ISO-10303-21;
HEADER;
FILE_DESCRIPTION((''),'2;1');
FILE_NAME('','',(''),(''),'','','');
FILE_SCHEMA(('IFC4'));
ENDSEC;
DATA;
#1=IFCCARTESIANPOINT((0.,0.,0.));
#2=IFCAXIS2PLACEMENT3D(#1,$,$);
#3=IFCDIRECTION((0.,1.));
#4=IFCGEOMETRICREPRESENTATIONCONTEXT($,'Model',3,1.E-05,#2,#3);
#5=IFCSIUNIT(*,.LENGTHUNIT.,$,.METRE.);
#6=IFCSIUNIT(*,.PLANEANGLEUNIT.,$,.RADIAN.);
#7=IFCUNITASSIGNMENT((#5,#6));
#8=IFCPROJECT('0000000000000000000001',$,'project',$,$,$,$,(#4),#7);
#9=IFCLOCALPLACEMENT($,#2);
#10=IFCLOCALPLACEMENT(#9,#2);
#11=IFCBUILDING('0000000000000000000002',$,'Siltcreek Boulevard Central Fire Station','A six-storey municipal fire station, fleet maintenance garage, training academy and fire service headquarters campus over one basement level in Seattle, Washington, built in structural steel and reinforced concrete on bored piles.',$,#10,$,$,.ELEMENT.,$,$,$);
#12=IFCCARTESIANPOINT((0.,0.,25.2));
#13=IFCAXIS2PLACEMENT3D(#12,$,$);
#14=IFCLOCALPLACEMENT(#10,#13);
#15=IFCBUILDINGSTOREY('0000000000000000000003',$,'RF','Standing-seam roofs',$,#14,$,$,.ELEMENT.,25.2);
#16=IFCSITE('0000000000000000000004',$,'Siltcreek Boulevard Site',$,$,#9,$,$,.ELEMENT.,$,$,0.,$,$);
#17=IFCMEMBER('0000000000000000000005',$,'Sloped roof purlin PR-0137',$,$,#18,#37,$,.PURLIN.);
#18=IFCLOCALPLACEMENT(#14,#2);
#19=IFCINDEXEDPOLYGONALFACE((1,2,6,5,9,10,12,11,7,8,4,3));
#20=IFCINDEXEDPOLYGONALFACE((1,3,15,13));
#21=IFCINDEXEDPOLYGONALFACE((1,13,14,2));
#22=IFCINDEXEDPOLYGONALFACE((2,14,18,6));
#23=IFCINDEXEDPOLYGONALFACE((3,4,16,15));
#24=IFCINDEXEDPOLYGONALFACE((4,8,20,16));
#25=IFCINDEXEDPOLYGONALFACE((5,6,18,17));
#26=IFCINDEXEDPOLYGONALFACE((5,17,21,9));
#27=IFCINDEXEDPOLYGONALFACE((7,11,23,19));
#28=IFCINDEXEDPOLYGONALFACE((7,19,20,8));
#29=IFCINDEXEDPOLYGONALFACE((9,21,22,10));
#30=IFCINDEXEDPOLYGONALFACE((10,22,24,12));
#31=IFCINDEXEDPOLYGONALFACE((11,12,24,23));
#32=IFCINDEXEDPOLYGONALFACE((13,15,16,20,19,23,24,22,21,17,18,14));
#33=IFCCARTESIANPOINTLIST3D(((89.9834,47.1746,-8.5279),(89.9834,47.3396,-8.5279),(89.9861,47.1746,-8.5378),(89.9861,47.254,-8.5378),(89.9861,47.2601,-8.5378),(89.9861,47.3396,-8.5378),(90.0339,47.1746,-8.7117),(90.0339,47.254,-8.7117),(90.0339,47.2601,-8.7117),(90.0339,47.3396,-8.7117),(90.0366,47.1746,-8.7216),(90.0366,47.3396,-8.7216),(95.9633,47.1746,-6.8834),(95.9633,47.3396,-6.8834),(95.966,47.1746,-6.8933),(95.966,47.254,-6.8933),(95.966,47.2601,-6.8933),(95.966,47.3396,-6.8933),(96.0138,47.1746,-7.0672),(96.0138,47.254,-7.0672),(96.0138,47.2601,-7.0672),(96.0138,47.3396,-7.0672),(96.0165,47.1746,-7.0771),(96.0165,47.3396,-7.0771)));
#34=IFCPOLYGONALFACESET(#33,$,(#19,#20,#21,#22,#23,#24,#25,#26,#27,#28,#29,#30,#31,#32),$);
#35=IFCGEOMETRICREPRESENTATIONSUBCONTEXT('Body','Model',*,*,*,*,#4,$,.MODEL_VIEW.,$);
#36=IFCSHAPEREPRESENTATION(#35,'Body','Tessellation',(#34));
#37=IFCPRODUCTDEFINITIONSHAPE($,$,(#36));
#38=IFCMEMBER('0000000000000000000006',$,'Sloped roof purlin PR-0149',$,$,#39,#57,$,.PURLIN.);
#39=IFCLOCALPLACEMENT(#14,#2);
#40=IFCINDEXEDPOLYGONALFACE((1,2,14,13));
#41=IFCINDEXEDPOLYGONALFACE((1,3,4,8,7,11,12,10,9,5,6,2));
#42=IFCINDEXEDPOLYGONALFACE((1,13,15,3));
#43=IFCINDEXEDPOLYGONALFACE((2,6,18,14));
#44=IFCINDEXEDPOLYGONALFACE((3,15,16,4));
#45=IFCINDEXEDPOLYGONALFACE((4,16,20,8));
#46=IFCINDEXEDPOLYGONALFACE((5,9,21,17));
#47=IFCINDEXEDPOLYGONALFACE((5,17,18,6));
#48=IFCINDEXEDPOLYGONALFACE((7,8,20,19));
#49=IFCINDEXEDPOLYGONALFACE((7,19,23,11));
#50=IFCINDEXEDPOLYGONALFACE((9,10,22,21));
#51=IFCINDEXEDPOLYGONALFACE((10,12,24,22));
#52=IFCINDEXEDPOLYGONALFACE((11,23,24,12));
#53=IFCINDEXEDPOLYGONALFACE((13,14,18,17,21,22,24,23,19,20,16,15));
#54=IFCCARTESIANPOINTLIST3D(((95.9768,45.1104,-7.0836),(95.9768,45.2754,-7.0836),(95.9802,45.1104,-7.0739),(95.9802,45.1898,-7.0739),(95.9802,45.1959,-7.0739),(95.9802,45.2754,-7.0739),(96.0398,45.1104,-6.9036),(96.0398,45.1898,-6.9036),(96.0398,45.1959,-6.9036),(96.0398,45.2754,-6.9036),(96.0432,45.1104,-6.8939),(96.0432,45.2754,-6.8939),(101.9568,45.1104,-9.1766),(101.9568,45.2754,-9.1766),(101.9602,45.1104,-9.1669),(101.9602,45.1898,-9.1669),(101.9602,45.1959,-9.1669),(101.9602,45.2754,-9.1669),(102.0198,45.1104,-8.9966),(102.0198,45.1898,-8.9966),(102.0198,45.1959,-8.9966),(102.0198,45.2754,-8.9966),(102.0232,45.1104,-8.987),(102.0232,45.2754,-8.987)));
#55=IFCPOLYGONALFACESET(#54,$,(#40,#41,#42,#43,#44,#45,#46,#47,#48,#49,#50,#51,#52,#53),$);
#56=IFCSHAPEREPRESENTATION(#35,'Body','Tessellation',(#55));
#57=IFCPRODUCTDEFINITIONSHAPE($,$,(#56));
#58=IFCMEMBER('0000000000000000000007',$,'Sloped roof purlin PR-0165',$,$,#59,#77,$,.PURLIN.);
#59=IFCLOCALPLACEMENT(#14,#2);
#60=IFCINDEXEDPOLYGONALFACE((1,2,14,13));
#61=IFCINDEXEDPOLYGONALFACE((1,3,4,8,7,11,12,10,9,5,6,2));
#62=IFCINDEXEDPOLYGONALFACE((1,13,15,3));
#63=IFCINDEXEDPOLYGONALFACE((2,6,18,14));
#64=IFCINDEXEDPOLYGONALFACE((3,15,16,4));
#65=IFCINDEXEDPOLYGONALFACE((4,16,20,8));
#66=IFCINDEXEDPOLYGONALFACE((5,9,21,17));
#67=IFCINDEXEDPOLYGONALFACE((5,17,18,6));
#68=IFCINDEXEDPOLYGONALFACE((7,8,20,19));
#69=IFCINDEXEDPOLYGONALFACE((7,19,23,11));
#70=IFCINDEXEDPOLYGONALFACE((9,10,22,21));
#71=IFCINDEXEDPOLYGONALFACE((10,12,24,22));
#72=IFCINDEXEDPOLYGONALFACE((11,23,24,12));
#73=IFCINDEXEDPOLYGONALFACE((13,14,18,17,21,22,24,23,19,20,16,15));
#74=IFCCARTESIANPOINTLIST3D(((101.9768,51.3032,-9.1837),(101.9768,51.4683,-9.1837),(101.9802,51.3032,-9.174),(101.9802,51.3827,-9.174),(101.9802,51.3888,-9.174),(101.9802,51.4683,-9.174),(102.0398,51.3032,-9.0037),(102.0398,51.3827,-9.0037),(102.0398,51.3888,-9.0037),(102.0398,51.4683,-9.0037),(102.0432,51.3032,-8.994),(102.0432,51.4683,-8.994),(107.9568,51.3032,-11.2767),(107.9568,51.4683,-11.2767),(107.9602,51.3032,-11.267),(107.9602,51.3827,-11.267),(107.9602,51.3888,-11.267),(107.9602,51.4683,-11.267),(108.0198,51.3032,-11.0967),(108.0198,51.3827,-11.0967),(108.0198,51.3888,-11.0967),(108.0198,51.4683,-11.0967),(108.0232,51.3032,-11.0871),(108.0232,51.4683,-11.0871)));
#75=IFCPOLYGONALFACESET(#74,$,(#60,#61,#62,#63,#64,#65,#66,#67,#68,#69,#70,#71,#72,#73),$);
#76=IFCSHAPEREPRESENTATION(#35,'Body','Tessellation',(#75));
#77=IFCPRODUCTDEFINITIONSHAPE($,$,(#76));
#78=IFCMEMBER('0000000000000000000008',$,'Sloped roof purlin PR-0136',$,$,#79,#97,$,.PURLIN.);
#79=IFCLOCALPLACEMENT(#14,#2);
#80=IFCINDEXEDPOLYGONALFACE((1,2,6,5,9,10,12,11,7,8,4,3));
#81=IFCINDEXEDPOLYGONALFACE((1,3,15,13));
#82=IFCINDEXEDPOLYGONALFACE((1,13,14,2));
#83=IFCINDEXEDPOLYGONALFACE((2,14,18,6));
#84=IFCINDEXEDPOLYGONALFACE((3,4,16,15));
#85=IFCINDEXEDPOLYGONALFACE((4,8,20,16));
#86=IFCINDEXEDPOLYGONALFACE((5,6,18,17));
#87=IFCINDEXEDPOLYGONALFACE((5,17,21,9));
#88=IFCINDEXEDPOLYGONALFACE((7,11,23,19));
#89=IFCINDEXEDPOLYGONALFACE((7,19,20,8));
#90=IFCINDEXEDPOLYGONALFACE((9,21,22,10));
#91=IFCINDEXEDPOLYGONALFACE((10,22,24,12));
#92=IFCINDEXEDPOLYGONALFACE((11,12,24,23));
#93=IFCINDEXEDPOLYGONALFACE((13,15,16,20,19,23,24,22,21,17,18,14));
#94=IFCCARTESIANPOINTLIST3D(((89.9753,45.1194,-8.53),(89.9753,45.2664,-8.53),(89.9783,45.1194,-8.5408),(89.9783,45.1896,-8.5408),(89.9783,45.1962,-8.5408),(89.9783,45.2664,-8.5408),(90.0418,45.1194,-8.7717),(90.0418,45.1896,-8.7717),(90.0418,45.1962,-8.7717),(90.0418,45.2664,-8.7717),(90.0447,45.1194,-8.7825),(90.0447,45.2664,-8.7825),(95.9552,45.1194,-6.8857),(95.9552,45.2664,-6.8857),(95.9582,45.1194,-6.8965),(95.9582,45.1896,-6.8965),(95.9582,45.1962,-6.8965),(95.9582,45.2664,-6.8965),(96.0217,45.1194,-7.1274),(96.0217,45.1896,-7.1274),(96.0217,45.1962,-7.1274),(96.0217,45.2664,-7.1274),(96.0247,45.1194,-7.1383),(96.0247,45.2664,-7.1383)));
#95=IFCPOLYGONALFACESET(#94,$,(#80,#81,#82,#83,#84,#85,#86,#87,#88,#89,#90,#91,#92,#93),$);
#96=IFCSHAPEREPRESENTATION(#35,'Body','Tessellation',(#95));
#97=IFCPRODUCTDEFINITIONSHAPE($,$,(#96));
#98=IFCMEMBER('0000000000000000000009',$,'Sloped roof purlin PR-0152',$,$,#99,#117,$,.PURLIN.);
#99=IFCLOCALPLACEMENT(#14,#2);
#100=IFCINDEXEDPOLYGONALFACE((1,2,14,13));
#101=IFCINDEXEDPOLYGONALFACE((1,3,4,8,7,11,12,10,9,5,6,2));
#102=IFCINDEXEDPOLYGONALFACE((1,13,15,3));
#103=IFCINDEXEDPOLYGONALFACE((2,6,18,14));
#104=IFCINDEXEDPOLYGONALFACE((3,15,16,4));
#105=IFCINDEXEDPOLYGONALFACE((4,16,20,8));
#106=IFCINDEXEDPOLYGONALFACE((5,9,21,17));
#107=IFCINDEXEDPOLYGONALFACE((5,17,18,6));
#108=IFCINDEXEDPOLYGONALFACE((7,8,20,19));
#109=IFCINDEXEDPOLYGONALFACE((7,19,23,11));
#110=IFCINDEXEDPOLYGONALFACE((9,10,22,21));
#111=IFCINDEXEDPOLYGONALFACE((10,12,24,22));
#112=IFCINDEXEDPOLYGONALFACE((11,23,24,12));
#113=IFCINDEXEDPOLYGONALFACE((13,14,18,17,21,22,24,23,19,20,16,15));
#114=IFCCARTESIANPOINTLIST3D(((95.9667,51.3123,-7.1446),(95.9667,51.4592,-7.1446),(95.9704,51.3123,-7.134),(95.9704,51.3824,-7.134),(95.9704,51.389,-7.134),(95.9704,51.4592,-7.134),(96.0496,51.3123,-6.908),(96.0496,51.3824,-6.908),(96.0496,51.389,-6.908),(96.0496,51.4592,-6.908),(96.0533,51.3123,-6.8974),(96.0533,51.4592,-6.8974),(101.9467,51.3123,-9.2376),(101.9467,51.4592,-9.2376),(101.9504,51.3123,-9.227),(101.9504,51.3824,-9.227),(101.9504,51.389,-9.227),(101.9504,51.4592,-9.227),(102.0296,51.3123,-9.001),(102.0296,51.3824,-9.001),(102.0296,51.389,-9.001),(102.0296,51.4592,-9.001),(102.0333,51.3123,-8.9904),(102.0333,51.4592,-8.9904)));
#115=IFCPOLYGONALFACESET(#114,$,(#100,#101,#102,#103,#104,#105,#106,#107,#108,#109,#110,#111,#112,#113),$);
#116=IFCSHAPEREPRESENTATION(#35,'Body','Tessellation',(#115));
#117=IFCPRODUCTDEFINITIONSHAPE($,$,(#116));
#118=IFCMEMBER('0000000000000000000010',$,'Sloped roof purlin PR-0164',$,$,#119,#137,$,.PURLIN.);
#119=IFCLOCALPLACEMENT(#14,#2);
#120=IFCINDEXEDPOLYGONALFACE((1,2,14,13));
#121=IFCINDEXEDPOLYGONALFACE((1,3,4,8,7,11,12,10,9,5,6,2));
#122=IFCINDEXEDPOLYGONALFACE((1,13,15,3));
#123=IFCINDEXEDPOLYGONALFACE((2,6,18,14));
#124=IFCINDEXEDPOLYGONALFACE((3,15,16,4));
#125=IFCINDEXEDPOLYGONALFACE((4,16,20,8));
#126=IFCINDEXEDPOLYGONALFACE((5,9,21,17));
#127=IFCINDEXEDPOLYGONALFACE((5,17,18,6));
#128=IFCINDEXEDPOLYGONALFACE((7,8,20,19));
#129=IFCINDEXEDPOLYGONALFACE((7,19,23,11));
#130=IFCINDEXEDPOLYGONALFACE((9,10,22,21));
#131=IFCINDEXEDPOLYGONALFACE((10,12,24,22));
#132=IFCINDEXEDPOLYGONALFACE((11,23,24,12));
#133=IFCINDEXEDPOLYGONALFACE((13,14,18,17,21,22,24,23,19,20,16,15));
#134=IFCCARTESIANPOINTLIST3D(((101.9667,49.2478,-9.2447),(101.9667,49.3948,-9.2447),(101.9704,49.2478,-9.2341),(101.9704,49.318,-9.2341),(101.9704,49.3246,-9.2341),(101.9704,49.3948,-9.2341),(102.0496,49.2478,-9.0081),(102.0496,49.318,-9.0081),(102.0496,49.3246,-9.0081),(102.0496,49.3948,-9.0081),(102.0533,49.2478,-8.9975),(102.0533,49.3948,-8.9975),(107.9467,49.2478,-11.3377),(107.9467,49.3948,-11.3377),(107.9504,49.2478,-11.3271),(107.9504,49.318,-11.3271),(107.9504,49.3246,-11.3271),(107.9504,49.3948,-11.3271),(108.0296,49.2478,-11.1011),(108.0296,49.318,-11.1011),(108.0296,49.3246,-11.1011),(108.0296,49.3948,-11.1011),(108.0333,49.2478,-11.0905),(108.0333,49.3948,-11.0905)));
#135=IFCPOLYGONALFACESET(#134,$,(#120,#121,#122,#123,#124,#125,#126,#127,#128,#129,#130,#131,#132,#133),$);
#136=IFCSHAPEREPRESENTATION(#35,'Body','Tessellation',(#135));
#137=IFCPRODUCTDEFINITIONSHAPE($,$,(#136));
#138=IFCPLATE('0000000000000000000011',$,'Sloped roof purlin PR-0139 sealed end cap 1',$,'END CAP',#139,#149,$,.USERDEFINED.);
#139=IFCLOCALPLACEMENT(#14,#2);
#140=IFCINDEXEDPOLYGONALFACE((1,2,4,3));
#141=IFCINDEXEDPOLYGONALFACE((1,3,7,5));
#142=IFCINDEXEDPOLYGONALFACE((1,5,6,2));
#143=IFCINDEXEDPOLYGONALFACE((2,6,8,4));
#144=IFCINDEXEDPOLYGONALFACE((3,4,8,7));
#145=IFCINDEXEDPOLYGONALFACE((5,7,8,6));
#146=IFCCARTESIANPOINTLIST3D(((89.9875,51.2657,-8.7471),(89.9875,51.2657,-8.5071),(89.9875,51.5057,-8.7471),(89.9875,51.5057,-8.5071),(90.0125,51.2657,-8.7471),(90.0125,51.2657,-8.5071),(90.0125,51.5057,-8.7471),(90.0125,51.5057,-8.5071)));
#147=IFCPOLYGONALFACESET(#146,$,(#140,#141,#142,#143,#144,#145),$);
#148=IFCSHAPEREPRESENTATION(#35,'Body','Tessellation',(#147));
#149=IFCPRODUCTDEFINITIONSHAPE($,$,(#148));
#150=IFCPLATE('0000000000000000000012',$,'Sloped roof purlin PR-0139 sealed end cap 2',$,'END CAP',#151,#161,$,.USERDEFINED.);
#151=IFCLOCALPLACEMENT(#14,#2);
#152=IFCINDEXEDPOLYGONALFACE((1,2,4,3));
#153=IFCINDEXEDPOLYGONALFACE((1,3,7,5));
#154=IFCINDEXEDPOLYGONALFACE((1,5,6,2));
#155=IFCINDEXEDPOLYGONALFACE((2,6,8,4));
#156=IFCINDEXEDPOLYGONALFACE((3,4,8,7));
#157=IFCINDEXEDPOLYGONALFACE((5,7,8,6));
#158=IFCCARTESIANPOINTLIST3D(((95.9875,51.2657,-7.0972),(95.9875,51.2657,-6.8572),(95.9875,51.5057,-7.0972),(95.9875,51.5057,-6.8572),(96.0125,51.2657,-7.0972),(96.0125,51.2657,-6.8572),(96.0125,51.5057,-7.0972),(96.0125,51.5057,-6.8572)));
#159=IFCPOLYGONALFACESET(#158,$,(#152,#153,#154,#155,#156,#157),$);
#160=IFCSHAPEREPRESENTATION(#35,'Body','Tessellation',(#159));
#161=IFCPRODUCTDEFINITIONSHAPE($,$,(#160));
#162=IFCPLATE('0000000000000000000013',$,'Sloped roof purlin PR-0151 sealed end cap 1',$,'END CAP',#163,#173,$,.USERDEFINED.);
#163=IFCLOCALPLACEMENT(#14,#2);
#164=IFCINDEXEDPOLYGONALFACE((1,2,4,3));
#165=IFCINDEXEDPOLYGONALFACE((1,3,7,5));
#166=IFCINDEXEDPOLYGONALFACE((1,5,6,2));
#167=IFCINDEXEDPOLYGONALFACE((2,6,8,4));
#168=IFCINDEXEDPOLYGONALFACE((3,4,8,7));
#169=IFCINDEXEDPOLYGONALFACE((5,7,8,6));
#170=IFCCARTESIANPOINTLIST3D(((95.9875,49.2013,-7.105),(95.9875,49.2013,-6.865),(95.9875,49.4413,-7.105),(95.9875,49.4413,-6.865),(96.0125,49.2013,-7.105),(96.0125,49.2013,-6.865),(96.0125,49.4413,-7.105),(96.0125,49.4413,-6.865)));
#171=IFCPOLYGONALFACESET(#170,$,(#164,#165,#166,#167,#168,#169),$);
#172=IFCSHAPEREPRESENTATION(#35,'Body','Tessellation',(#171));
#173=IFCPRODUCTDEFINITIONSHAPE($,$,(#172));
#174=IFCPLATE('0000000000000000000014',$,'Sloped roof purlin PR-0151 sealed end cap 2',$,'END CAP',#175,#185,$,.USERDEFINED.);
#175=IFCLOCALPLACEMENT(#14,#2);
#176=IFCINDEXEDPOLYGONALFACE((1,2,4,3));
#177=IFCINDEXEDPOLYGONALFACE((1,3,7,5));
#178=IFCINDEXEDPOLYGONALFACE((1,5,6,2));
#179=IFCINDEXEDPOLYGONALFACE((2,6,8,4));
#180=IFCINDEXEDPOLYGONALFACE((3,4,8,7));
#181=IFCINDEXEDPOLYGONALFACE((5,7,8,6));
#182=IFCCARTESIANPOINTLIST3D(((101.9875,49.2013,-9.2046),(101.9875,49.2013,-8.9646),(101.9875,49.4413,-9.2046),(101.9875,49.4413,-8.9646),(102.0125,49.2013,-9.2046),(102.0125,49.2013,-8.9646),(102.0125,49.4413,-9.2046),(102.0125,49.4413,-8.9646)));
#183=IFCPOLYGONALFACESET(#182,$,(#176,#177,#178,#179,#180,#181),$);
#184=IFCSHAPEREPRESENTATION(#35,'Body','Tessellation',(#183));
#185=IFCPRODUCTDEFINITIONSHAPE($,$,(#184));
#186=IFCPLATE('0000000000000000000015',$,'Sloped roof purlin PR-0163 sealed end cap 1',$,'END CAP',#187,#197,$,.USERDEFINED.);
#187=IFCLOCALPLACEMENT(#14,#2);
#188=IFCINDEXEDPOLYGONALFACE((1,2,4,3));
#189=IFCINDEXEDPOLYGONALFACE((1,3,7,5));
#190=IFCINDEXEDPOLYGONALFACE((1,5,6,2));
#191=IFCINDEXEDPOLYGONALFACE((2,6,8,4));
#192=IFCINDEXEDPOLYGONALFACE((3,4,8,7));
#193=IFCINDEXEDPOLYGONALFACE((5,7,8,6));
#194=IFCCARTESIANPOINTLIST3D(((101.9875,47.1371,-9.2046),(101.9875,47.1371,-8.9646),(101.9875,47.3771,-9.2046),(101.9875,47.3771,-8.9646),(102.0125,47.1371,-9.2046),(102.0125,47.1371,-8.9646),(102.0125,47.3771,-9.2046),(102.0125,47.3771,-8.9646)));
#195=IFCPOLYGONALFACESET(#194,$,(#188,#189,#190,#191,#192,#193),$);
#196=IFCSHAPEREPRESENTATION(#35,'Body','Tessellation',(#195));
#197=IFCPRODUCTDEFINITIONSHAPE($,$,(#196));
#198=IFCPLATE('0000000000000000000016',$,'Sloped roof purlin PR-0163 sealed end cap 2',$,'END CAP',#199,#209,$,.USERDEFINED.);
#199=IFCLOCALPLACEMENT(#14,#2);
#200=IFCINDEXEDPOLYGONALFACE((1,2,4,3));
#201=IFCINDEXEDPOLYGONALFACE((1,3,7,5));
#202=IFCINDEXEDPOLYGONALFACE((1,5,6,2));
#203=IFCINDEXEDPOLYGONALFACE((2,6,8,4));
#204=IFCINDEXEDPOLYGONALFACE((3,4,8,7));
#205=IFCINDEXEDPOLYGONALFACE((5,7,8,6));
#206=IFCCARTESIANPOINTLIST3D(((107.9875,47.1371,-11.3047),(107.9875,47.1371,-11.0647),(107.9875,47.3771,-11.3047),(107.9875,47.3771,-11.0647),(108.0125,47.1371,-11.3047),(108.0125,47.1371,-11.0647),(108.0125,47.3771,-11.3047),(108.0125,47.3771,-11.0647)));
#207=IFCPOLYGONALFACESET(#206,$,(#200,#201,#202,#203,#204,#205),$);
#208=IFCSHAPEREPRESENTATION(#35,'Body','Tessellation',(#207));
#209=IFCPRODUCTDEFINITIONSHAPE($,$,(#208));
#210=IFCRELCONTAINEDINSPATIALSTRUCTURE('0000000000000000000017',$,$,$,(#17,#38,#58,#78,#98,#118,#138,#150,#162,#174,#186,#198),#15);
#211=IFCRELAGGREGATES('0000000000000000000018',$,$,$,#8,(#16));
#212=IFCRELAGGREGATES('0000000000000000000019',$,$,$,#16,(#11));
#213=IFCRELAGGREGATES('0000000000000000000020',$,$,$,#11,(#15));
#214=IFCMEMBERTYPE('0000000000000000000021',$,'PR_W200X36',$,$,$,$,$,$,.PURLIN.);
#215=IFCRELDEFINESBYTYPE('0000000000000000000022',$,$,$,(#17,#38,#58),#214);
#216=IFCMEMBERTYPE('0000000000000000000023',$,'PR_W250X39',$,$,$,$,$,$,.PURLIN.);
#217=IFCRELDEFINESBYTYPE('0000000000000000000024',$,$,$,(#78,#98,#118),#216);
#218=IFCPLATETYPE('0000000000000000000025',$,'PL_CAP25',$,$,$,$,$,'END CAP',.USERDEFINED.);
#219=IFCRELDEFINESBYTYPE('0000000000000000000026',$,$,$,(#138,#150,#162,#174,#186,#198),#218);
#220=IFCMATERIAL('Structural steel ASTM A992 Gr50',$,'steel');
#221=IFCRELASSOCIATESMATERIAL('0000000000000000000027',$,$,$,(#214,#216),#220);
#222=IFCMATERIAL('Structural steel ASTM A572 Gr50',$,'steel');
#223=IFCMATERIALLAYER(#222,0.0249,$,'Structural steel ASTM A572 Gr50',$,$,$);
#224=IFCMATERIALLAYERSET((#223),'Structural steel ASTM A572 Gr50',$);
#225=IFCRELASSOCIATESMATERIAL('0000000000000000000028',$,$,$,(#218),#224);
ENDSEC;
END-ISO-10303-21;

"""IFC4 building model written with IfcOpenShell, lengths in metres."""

from ifc_helpers import new_model, si_unit, direction, frame, origin, origin_2d, place, context, subcontext, project, spatial, rectangle, i_section, extrude, material, layer, layer_set, material_profile, profile_set, type_object, element, save


model = new_model("IFC4")

# Units and contexts
model_context = context("Model", 3, precision=1e-05, world=origin(), true_north=direction((0.0, 1.0)))
body_context = subcontext(model_context, "Body", "Model", "MODEL_VIEW")
ifc_project = project(units=[si_unit("LENGTHUNIT", "METRE"), si_unit("PLANEANGLEUNIT", "RADIAN")], contexts=[model_context])

# Site, building, storey
site_placement = place(None, origin())
site = spatial("IfcSite", under=ifc_project, at=site_placement, Name="Siltcreek Boulevard Site", CompositionType="ELEMENT", RefElevation=0.0)
building_placement = place(site_placement, origin())
building = spatial("IfcBuilding", under=site, at=building_placement, Name="Siltcreek Boulevard Central Fire Station", Description="A six-storey municipal fire station, fleet maintenance garage, training academy and fire service headquarters campus over one basement level in Seattle, Washington, built in structural steel and reinforced concrete on bored piles.", CompositionType="ELEMENT")
storey_placement = place(building_placement, frame((0.0, 0.0, 25.2)))
storey = spatial("IfcBuildingStorey", under=building, at=storey_placement, Name="RF", Description="Standing-seam roofs", CompositionType="ELEMENT", Elevation=25.2)

# Members
ifc_material_1 = material(Name="Structural steel ASTM A992 Gr50", Category="steel")
ifc_material_profile_1 = material_profile(ifc_material_1, i_section(OverallWidth=0.165, OverallDepth=0.2009, WebThickness=0.0061, FlangeThickness=0.0103, at=origin_2d()), Name="W200X36")
ifc_profile_set_1 = profile_set([ifc_material_profile_1], Name="Structural steel ASTM A992 Gr50")
member_type_1 = type_object("IfcMemberType", Name="PR_W200X36", PredefinedType="PURLIN", material=ifc_profile_set_1)
member_1_placement = place(storey_placement, frame((90.01, 47.2571, -8.6248), z_axis=(0.964204, 0.0, 0.265162), x_axis=(0.0, 1.0, 0.0)))
element("IfcMember", 1, at=member_1_placement, inside=storey, type_object=member_type_1, Name="Sloped roof purlin PR-0137", PredefinedType="PURLIN", context=body_context, shape_type="SweptSolid", body=[
    extrude(i_section(OverallWidth=0.165, OverallDepth=0.2009, WebThickness=0.0061, FlangeThickness=0.0103, at=origin_2d()), origin(), (0.0, 0.0, 1.0), 6.2019),
])
for number, where, z_axis, x_axis, name in (
    (2, (96.01, 45.1929, -6.9888), (0.943857, 0.0, -0.330354), (0.0, 1.0, 0.0), "Sloped roof purlin PR-0149"),
    (3, (102.01, 51.3857, -9.0889), (0.943857, 0.0, -0.330354), (0.0, 1.0, 0.0), "Sloped roof purlin PR-0165"),
):
    element("IfcMember", number, at=place(storey_placement, frame(where, z_axis=z_axis, x_axis=x_axis)), inside=storey, type_object=member_type_1, Name=name, PredefinedType="PURLIN", context=body_context, shape_type="SweptSolid", body=[
        extrude(i_section(OverallWidth=0.165, OverallDepth=0.2009, WebThickness=0.0061, FlangeThickness=0.0103, at=origin_2d()), origin(), (0.0, 0.0, 1.0), 6.3357),
    ])
ifc_material_profile_2 = material_profile(ifc_material_1, i_section(OverallWidth=0.147, OverallDepth=0.262, WebThickness=0.0066, FlangeThickness=0.0112, at=origin_2d()), Name="W250X39")
ifc_profile_set_2 = profile_set([ifc_material_profile_2], Name="Structural steel ASTM A992 Gr50")
member_type_2 = type_object("IfcMemberType", Name="PR_W250X39", PredefinedType="PURLIN", material=ifc_profile_set_2)
member_2_placement = place(storey_placement, frame((90.01, 45.1929, -8.6562), z_axis=(0.964214, 0.0, 0.265125), x_axis=(0.0, 1.0, 0.0)))
element("IfcMember", 4, at=member_2_placement, inside=storey, type_object=member_type_2, Name="Sloped roof purlin PR-0136", PredefinedType="PURLIN", context=body_context, shape_type="SweptSolid", body=[
    extrude(i_section(OverallWidth=0.147, OverallDepth=0.262, WebThickness=0.0066, FlangeThickness=0.0112, at=origin_2d()), origin(), (0.0, 0.0, 1.0), 6.2019),
])
for number, where, z_axis, x_axis, name in (
    (5, (96.01, 51.3857, -7.021), (0.943857, 0.0, -0.330354), (0.0, 1.0, 0.0), "Sloped roof purlin PR-0152"),
    (6, (102.01, 49.3213, -9.1211), (0.943857, 0.0, -0.330354), (0.0, 1.0, 0.0), "Sloped roof purlin PR-0164"),
):
    element("IfcMember", number, at=place(storey_placement, frame(where, z_axis=z_axis, x_axis=x_axis)), inside=storey, type_object=member_type_2, Name=name, PredefinedType="PURLIN", context=body_context, shape_type="SweptSolid", body=[
        extrude(i_section(OverallWidth=0.147, OverallDepth=0.262, WebThickness=0.0066, FlangeThickness=0.0112, at=origin_2d()), origin(), (0.0, 0.0, 1.0), 6.3357),
    ])

# Plates
ifc_material_2 = material(Name="Structural steel ASTM A572 Gr50", Category="steel")
ifc_layer = layer(ifc_material_2, 0.0249, Name="Structural steel ASTM A572 Gr50")
ifc_layer_set = layer_set([ifc_layer], Name="Structural steel ASTM A572 Gr50")
plate_type = type_object("IfcPlateType", Name="PL_CAP25", ElementType="END CAP", PredefinedType="USERDEFINED", material=ifc_layer_set)
for number, where, z_axis, x_axis, name in (
    (7, (90.0, 51.3857, -8.7471), (0.0, 0.0, 1.0), (1.0, 0.0, 0.0), "Sloped roof purlin PR-0139 sealed end cap 1"),
    (8, (96.0, 51.3857, -7.0972), (0.0, 0.0, 1.0), (1.0, 0.0, 0.0), "Sloped roof purlin PR-0139 sealed end cap 2"),
    (9, (96.0, 49.3213, -7.105), (0.0, 0.0, 1.0), (1.0, 0.0, 0.0), "Sloped roof purlin PR-0151 sealed end cap 1"),
    (10, (102.0, 49.3213, -9.2046), (0.0, 0.0, 1.0), (1.0, 0.0, 0.0), "Sloped roof purlin PR-0151 sealed end cap 2"),
    (11, (102.0, 47.2571, -9.2046), (0.0, 0.0, 1.0), (1.0, 0.0, 0.0), "Sloped roof purlin PR-0163 sealed end cap 1"),
    (12, (108.0, 47.2571, -11.3047), (0.0, 0.0, 1.0), (1.0, 0.0, 0.0), "Sloped roof purlin PR-0163 sealed end cap 2"),
):
    element("IfcPlate", number, at=place(storey_placement, frame(where, z_axis=z_axis, x_axis=x_axis)), inside=storey, type_object=plate_type, Name=name, ObjectType="END CAP", PredefinedType="USERDEFINED", context=body_context, shape_type="SweptSolid", body=[
        extrude(rectangle(XDim=0.0249, YDim=0.24, at=origin_2d()), origin(), (0.0, 0.0, 1.0), 0.24),
    ])

save(model, "model.ifc")
